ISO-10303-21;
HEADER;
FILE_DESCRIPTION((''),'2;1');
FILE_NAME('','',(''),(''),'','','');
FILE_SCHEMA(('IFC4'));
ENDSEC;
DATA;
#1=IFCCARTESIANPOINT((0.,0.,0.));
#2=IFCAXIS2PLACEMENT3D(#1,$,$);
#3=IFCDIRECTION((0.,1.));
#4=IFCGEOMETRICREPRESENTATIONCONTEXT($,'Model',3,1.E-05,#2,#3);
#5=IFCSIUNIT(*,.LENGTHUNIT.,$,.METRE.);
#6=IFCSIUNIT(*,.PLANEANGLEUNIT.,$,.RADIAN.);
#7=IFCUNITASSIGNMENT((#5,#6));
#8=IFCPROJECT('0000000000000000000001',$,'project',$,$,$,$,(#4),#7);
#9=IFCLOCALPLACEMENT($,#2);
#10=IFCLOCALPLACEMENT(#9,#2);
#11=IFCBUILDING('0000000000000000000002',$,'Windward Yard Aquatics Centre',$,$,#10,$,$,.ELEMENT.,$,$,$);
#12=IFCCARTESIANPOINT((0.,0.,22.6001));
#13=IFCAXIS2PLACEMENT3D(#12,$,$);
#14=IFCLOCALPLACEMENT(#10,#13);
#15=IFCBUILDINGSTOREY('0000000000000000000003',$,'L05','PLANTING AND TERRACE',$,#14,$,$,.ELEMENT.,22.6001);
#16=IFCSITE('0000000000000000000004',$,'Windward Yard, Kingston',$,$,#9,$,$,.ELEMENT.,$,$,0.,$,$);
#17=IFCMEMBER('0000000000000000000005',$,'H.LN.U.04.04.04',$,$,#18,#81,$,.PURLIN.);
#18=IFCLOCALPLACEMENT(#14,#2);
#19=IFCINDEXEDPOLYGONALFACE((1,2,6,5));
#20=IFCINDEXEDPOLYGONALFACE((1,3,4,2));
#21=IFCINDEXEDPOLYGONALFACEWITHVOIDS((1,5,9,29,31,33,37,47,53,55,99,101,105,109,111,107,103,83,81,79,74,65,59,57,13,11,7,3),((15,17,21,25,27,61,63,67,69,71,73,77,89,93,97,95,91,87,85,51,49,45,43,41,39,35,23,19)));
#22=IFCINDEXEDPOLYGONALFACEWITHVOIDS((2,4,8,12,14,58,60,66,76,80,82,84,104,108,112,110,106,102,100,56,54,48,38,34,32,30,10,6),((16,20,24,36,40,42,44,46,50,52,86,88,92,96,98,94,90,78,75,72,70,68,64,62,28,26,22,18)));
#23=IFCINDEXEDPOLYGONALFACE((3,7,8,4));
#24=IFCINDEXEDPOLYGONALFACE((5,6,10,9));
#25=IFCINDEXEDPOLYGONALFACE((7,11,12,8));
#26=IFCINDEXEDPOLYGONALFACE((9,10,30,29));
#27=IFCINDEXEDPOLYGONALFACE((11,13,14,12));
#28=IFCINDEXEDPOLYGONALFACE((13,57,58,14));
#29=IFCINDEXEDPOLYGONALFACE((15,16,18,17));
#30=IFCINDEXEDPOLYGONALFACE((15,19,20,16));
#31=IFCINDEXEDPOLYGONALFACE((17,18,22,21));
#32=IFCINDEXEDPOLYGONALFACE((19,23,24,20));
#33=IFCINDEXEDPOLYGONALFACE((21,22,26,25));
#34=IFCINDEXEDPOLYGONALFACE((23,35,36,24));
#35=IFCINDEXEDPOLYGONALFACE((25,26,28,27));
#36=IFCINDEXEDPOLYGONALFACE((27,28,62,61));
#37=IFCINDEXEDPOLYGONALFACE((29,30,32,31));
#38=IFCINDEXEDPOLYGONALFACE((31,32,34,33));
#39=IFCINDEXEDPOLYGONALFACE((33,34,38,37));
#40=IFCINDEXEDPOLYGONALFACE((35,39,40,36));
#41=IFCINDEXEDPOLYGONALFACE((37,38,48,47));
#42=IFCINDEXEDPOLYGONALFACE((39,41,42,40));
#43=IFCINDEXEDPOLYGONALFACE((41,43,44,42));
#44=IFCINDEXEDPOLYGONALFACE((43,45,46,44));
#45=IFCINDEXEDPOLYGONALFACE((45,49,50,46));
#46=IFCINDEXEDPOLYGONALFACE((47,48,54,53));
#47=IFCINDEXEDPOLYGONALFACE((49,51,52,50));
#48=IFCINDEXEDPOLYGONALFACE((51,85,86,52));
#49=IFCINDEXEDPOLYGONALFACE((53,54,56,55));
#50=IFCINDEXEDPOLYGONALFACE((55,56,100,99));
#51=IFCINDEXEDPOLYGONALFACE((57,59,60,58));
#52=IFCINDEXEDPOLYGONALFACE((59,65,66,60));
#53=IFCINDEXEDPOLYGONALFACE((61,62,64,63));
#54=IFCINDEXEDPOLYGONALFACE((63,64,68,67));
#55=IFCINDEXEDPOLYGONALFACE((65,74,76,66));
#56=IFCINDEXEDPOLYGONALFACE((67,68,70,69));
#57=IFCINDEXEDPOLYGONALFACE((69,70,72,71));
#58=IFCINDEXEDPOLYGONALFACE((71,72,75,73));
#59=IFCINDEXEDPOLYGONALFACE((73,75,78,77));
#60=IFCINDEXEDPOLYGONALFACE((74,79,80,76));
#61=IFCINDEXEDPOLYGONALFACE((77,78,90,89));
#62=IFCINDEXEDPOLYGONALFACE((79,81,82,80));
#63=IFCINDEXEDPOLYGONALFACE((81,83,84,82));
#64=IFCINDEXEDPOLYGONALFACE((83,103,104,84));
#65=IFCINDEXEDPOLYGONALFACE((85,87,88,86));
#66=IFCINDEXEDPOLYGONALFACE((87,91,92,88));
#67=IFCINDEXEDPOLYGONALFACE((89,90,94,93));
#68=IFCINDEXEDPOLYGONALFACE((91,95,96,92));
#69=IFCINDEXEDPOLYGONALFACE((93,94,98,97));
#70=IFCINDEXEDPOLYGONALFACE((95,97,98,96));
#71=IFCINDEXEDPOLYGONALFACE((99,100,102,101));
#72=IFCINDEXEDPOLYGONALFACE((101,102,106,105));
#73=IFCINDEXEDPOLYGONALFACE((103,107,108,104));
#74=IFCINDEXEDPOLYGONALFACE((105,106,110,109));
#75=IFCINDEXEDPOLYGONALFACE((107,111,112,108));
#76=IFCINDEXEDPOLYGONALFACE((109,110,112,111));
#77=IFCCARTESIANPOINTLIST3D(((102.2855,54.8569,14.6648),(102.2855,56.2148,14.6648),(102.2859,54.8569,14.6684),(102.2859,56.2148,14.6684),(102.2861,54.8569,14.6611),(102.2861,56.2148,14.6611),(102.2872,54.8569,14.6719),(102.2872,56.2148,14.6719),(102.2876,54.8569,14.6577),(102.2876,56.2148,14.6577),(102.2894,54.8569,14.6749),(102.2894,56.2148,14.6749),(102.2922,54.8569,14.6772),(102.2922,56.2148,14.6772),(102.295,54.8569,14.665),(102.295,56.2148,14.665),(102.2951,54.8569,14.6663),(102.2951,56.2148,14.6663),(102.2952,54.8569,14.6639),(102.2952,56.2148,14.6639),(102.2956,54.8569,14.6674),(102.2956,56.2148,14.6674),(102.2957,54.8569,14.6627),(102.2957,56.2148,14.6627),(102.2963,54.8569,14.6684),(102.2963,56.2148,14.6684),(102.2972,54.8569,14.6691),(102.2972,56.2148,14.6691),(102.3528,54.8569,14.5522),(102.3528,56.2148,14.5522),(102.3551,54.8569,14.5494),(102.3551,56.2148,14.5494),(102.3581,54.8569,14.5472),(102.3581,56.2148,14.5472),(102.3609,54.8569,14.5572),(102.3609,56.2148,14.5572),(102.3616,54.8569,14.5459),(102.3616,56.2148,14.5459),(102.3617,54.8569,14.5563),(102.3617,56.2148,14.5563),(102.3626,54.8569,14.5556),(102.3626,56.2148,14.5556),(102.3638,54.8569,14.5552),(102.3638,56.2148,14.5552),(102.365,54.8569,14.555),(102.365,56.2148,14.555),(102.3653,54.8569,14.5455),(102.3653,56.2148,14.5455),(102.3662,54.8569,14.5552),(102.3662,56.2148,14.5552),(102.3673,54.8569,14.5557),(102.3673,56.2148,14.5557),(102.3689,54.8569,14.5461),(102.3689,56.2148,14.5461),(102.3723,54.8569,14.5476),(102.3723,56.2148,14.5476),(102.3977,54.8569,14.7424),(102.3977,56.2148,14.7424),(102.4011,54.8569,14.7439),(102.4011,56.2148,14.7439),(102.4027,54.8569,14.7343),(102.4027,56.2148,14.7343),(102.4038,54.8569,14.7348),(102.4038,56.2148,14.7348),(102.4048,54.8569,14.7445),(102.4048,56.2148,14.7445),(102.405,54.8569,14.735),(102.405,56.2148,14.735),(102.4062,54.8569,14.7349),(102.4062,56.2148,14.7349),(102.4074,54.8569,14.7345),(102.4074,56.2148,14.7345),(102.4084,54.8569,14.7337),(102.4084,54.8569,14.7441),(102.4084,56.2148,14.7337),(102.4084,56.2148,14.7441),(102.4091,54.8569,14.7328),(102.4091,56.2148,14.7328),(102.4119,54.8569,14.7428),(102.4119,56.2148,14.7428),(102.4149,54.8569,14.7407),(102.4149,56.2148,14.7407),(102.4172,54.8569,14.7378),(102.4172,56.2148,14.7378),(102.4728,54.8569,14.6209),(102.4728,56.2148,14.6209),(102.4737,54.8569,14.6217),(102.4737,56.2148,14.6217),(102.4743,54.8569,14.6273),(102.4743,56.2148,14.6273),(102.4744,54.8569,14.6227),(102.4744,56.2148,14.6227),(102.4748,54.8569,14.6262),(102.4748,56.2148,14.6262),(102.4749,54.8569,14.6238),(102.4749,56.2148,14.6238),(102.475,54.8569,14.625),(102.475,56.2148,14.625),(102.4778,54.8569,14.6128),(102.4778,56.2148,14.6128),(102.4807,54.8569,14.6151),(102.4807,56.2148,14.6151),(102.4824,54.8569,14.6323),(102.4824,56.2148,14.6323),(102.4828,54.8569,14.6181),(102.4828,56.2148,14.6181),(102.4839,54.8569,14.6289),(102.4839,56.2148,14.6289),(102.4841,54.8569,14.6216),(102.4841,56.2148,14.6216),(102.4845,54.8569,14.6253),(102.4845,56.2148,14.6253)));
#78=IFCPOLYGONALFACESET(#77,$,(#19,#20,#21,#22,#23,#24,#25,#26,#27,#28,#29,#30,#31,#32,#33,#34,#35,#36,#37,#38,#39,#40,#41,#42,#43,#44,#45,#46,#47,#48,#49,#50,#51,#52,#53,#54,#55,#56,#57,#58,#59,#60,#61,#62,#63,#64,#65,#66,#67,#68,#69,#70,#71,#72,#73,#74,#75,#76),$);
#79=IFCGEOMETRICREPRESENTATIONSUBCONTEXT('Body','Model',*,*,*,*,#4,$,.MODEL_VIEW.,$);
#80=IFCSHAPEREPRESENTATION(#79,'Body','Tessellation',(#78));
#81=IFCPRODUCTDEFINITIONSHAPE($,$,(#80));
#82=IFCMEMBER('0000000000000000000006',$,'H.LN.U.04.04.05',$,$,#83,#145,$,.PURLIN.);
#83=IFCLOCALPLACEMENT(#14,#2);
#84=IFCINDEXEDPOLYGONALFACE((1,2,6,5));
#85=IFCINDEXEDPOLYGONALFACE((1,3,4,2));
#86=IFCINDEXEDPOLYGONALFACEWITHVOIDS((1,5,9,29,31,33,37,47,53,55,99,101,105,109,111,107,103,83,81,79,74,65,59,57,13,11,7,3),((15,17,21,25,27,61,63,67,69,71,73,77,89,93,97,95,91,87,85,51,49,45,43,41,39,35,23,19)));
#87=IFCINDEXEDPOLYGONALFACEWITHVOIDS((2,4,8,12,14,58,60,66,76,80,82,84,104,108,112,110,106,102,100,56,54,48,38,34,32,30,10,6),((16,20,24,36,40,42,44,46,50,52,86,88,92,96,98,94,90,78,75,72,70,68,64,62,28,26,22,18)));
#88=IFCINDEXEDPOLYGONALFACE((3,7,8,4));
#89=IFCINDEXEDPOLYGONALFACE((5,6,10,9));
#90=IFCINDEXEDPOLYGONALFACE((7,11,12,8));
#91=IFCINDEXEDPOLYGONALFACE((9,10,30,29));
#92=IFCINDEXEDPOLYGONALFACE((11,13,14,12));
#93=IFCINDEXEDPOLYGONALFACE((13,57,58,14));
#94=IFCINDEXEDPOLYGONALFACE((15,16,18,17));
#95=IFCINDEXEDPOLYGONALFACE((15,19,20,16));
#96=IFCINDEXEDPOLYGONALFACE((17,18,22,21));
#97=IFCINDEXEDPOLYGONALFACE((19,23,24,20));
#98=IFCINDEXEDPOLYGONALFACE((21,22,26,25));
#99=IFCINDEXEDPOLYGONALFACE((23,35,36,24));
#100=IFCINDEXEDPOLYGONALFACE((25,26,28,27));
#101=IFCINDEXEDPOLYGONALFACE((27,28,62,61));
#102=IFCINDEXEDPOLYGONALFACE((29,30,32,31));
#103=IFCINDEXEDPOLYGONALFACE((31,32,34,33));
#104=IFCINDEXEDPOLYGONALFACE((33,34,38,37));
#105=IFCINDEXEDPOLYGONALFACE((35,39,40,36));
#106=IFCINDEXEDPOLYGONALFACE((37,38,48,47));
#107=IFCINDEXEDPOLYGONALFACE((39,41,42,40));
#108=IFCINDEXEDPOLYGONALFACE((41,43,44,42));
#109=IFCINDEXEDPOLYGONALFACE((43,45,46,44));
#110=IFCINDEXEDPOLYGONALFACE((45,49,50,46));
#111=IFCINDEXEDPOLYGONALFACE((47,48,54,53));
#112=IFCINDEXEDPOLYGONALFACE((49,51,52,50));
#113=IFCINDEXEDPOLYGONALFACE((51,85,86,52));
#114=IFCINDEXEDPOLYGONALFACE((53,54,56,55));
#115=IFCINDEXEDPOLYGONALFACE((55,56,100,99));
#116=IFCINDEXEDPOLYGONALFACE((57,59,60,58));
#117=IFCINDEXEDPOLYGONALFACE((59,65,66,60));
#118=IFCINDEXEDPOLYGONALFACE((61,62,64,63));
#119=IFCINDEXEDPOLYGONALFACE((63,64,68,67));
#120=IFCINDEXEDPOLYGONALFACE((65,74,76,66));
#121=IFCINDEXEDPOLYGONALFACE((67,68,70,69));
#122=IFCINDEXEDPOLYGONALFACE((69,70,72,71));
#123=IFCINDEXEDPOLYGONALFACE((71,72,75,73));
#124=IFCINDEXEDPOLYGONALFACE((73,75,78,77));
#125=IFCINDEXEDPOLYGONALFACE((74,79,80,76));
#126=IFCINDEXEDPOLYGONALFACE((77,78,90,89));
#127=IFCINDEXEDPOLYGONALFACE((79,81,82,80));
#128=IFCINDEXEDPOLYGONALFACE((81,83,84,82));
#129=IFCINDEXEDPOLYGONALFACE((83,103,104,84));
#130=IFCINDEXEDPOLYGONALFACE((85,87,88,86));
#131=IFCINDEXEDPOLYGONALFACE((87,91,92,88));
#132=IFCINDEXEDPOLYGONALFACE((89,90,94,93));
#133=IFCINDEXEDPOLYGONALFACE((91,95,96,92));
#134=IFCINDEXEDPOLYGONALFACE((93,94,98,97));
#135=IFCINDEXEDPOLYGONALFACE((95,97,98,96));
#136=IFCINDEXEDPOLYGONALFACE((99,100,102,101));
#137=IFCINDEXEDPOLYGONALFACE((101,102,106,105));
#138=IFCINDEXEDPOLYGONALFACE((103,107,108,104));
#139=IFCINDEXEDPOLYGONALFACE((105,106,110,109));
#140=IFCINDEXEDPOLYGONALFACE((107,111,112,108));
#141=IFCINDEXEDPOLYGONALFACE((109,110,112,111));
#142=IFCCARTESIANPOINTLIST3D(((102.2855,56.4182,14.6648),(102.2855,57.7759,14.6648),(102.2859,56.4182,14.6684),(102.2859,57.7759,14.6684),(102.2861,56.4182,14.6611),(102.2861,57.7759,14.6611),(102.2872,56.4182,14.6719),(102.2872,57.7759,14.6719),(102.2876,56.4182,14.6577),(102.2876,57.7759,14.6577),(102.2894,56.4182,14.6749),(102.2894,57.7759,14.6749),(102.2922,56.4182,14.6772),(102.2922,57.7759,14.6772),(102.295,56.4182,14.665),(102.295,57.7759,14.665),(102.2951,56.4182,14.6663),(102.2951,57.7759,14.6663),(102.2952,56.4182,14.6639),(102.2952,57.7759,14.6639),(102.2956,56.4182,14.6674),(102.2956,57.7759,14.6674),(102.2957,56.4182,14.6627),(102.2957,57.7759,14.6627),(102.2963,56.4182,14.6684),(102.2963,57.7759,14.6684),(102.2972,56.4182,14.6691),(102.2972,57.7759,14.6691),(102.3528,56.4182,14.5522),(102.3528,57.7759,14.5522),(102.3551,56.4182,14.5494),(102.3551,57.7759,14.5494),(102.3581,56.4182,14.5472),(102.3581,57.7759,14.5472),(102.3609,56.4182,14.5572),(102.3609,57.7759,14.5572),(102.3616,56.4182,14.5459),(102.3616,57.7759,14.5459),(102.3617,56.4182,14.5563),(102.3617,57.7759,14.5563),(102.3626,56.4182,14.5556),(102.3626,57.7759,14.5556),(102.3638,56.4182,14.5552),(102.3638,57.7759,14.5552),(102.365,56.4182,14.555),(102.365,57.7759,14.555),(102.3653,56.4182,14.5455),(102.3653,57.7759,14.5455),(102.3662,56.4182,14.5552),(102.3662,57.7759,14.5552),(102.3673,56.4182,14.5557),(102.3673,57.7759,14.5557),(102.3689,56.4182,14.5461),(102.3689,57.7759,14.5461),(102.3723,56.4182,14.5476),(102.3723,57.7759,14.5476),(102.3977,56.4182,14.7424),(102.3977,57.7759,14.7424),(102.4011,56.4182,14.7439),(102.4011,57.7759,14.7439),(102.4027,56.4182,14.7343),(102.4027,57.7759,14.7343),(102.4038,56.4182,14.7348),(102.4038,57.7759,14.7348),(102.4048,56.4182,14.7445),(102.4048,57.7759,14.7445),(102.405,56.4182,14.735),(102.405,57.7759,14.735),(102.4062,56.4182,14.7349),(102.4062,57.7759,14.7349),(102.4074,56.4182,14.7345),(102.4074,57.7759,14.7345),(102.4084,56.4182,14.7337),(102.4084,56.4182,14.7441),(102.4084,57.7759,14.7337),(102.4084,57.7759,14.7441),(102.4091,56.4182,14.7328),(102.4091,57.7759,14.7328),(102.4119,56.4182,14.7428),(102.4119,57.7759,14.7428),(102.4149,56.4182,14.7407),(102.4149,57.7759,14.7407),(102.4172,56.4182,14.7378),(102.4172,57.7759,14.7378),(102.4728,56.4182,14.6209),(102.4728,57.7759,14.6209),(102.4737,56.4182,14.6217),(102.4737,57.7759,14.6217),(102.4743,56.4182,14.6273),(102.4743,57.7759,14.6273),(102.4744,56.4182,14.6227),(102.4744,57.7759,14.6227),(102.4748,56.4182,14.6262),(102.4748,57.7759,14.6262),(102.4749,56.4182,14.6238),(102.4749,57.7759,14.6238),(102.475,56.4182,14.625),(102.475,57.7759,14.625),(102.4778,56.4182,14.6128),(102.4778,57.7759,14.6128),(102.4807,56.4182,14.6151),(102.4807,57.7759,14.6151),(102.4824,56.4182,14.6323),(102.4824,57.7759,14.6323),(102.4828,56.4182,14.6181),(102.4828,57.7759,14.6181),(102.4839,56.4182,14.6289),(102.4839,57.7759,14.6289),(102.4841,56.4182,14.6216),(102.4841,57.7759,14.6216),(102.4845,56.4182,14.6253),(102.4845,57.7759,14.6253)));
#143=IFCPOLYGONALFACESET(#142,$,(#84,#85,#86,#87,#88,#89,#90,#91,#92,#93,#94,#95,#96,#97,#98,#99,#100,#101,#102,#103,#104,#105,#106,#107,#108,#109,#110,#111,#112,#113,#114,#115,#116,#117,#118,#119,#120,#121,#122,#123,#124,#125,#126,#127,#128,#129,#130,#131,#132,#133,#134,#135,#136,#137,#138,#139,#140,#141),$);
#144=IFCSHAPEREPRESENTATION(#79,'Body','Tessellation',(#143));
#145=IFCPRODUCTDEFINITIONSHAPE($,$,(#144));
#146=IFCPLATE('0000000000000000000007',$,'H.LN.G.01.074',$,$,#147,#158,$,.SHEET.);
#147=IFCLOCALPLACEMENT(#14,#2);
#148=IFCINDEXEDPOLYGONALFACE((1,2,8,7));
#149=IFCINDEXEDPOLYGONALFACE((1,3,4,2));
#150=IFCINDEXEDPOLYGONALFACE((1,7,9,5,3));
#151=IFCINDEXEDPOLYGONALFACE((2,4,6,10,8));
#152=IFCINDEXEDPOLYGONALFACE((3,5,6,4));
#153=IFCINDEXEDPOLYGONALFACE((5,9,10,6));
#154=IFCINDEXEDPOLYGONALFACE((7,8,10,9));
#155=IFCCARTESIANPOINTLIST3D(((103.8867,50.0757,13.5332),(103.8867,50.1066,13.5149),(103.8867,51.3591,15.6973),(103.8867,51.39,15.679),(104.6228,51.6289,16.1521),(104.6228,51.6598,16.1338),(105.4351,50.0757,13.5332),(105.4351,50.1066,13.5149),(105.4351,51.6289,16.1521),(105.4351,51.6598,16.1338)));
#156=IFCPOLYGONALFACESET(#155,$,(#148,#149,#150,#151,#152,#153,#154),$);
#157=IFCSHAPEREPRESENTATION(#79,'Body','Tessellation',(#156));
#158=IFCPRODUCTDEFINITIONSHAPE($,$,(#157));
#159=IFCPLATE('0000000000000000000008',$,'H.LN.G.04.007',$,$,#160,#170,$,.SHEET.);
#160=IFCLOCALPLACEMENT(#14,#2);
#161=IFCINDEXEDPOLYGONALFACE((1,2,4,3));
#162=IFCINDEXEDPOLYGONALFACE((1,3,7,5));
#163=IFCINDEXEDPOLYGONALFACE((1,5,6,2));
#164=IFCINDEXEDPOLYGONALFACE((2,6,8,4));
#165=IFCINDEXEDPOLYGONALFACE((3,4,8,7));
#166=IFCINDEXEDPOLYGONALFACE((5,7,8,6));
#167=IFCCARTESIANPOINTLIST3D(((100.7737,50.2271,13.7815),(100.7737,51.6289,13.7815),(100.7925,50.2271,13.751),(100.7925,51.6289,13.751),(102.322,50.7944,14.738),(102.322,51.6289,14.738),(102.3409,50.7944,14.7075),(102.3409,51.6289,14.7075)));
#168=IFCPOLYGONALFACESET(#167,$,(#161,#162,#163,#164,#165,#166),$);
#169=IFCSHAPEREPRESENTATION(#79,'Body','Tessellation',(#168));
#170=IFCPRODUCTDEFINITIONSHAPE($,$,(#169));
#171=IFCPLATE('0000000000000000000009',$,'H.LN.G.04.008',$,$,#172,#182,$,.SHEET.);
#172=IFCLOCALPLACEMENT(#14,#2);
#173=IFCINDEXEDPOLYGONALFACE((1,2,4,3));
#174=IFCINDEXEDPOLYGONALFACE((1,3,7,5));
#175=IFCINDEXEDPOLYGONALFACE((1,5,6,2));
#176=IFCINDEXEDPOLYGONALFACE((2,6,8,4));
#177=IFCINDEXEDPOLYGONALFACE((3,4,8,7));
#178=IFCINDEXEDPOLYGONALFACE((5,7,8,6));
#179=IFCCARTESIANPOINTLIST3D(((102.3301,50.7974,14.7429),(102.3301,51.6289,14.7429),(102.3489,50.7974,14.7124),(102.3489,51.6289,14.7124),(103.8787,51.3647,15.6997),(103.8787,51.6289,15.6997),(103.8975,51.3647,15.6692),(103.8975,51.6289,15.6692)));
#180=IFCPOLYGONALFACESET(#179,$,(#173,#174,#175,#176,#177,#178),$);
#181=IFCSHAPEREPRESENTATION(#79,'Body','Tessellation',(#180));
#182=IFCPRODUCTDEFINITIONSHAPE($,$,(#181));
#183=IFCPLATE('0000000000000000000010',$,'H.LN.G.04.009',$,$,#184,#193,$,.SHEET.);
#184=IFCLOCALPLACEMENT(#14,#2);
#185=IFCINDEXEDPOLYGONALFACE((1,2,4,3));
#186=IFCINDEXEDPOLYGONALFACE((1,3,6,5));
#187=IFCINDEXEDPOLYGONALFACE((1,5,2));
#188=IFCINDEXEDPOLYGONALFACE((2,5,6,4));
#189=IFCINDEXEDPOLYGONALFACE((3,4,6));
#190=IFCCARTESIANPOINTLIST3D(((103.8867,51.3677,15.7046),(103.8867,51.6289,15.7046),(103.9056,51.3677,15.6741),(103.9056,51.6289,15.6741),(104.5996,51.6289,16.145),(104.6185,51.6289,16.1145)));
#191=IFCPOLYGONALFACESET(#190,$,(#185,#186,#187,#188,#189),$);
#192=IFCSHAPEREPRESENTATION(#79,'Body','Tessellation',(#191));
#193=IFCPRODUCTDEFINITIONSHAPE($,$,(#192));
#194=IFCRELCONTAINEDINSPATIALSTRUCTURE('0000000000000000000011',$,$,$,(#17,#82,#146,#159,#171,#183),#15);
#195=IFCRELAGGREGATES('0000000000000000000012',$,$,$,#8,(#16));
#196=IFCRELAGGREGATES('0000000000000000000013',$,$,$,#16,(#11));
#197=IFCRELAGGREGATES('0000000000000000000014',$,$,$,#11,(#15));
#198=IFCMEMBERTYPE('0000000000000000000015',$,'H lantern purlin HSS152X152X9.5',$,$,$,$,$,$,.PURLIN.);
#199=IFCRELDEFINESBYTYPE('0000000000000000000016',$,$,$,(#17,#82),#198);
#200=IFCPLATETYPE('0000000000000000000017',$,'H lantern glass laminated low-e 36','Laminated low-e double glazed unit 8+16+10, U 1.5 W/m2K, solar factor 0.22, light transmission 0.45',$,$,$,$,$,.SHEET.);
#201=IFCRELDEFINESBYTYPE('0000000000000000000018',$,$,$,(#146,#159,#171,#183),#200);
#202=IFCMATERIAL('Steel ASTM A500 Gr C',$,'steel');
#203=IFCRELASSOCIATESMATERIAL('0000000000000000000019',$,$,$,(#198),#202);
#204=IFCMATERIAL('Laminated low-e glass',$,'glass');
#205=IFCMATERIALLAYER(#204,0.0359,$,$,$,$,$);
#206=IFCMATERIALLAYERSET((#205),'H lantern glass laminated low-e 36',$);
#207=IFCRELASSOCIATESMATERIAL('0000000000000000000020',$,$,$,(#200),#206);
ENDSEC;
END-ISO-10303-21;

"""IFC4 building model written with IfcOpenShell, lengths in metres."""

from ifc_helpers import new_model, si_unit, direction, frame, origin, origin_2d, place, context, subcontext, project, spatial, polyline, hollow_rectangle, outline, extrude, material, layer, layer_set, material_profile, profile_set, type_object, element, save


model = new_model("IFC4")

# Units and contexts
model_context = context("Model", 3, precision=1e-05, world=origin(), true_north=direction((0.0, 1.0)))
body_context = subcontext(model_context, "Body", "Model", "MODEL_VIEW")
ifc_project = project(units=[si_unit("LENGTHUNIT", "METRE"), si_unit("PLANEANGLEUNIT", "RADIAN")], contexts=[model_context])

# Site, building, storey
site_placement = place(None, origin())
site = spatial("IfcSite", under=ifc_project, at=site_placement, Name="Windward Yard, Kingston", CompositionType="ELEMENT", RefElevation=0.0)
building_placement = place(site_placement, origin())
building = spatial("IfcBuilding", under=site, at=building_placement, Name="Windward Yard Aquatics Centre", CompositionType="ELEMENT")
storey_placement = place(building_placement, frame((0.0, 0.0, 22.6001)))
storey = spatial("IfcBuildingStorey", under=building, at=storey_placement, Name="L05", Description="PLANTING AND TERRACE", CompositionType="ELEMENT", Elevation=22.6001)

# Members
ifc_material_1 = material(Name="Steel ASTM A500 Gr C", Category="steel")
ifc_material_profile = material_profile(ifc_material_1, hollow_rectangle(XDim=0.1523, YDim=0.1523, WallThickness=0.0095, InnerFilletRadius=0.0046, OuterFilletRadius=0.0142, at=origin_2d()), Name="HSS152X152X9.5")
ifc_profile_set = profile_set([ifc_material_profile], Name="Steel ASTM A500 Gr C")
member_type = type_object("IfcMemberType", Name="H lantern purlin HSS152X152X9.5", PredefinedType="PURLIN", material=ifc_profile_set)
member_1_placement = place(storey_placement, frame((102.385, 54.8569, 14.645), z_axis=(0.0, 1.0, 0.0), x_axis=(-0.850755, 0.0, -0.525562)))
element("IfcMember", 1, at=member_1_placement, inside=storey, type_object=member_type, Name="H.LN.U.04.04.04", PredefinedType="PURLIN", context=body_context, shape_type="SweptSolid", body=[
    extrude(hollow_rectangle(XDim=0.1523, YDim=0.1523, WallThickness=0.0095, InnerFilletRadius=0.0046, OuterFilletRadius=0.0142, at=origin_2d()), origin(), (0.0, 0.0, 1.0), 1.3579),
])
member_2_placement = place(storey_placement, frame((102.385, 56.4182, 14.645), z_axis=(0.0, 1.0, 0.0), x_axis=(-0.850755, 0.0, -0.525562)))
element("IfcMember", 2, at=member_2_placement, inside=storey, type_object=member_type, Name="H.LN.U.04.04.05", PredefinedType="PURLIN", context=body_context, shape_type="SweptSolid", body=[
    extrude(hollow_rectangle(XDim=0.1523, YDim=0.1523, WallThickness=0.0095, InnerFilletRadius=0.0046, OuterFilletRadius=0.0142, at=origin_2d()), origin(), (0.0, 0.0, 1.0), 1.3577),
])

# Plates
ifc_material_2 = material(Name="Laminated low-e glass", Category="glass")
ifc_layer = layer(ifc_material_2, 0.0359)
ifc_layer_set = layer_set([ifc_layer], Name="H lantern glass laminated low-e 36")
plate_type = type_object("IfcPlateType", Name="H lantern glass laminated low-e 36", Description="Laminated low-e double glazed unit 8+16+10, U 1.5 W/m2K, solar factor 0.22, light transmission 0.45", PredefinedType="SHEET", material=ifc_layer_set)
plate_1_placement = place(storey_placement, frame((103.8867, 50.0757, 13.5332), z_axis=(0.000006, -0.860107, 0.510113), x_axis=(0.0, 0.510113, 0.860107)))
element("IfcPlate", 3, at=plate_1_placement, inside=storey, type_object=plate_type, Name="H.LN.G.01.074", PredefinedType="SHEET", context=body_context, shape_type="SweptSolid", body=[
    extrude(outline(polyline([(0.0, 0.0), (2.516, 0.0), (3.0449, -0.7361), (3.0449, -1.5483), (0.0, -1.5483), (0.0, 0.0)])), origin(), (0.0, 0.0, -1.0), 0.0359),
])
plate_2_placement = place(storey_placement, frame((100.7737, 50.2271, 13.7815), z_axis=(-0.525579, 0.0, 0.850745), x_axis=(0.0, 1.0, 0.0)))
element("IfcPlate", 4, at=plate_2_placement, inside=storey, type_object=plate_type, Name="H.LN.G.04.007", PredefinedType="SHEET", context=body_context, shape_type="SweptSolid", body=[
    extrude(outline(polyline([(0.0, 0.0), (1.4019, 0.0), (1.4019, -1.82), (0.5674, -1.82), (0.0, 0.0)])), origin(), (0.0, 0.0, -1.0), 0.0359),
])
plate_3_placement = place(storey_placement, frame((102.3301, 50.7974, 14.7429), z_axis=(-0.525616, 0.0, 0.850722), x_axis=(0.0, 1.0, 0.0)))
element("IfcPlate", 5, at=plate_3_placement, inside=storey, type_object=plate_type, Name="H.LN.G.04.008", PredefinedType="SHEET", context=body_context, shape_type="SweptSolid", body=[
    extrude(outline(polyline([(0.0, 0.0), (0.8315, 0.0), (0.8315, -1.8203), (0.5674, -1.8203), (0.0, 0.0)])), origin(), (0.0, 0.0, -1.0), 0.0359),
])
plate_4_placement = place(storey_placement, frame((103.8867, 51.3677, 15.7046), z_axis=(-0.525592, 0.0, 0.850737), x_axis=(0.0, 1.0, 0.0)))
element("IfcPlate", 6, at=plate_4_placement, inside=storey, type_object=plate_type, Name="H.LN.G.04.009", PredefinedType="SHEET", context=body_context, shape_type="SweptSolid", body=[
    extrude(outline(polyline([(0.0, 0.0), (0.2612, 0.0), (0.2612, -0.838), (0.0, 0.0)])), origin(), (0.0, 0.0, -1.0), 0.0359),
])

save(model, "model.ifc")
